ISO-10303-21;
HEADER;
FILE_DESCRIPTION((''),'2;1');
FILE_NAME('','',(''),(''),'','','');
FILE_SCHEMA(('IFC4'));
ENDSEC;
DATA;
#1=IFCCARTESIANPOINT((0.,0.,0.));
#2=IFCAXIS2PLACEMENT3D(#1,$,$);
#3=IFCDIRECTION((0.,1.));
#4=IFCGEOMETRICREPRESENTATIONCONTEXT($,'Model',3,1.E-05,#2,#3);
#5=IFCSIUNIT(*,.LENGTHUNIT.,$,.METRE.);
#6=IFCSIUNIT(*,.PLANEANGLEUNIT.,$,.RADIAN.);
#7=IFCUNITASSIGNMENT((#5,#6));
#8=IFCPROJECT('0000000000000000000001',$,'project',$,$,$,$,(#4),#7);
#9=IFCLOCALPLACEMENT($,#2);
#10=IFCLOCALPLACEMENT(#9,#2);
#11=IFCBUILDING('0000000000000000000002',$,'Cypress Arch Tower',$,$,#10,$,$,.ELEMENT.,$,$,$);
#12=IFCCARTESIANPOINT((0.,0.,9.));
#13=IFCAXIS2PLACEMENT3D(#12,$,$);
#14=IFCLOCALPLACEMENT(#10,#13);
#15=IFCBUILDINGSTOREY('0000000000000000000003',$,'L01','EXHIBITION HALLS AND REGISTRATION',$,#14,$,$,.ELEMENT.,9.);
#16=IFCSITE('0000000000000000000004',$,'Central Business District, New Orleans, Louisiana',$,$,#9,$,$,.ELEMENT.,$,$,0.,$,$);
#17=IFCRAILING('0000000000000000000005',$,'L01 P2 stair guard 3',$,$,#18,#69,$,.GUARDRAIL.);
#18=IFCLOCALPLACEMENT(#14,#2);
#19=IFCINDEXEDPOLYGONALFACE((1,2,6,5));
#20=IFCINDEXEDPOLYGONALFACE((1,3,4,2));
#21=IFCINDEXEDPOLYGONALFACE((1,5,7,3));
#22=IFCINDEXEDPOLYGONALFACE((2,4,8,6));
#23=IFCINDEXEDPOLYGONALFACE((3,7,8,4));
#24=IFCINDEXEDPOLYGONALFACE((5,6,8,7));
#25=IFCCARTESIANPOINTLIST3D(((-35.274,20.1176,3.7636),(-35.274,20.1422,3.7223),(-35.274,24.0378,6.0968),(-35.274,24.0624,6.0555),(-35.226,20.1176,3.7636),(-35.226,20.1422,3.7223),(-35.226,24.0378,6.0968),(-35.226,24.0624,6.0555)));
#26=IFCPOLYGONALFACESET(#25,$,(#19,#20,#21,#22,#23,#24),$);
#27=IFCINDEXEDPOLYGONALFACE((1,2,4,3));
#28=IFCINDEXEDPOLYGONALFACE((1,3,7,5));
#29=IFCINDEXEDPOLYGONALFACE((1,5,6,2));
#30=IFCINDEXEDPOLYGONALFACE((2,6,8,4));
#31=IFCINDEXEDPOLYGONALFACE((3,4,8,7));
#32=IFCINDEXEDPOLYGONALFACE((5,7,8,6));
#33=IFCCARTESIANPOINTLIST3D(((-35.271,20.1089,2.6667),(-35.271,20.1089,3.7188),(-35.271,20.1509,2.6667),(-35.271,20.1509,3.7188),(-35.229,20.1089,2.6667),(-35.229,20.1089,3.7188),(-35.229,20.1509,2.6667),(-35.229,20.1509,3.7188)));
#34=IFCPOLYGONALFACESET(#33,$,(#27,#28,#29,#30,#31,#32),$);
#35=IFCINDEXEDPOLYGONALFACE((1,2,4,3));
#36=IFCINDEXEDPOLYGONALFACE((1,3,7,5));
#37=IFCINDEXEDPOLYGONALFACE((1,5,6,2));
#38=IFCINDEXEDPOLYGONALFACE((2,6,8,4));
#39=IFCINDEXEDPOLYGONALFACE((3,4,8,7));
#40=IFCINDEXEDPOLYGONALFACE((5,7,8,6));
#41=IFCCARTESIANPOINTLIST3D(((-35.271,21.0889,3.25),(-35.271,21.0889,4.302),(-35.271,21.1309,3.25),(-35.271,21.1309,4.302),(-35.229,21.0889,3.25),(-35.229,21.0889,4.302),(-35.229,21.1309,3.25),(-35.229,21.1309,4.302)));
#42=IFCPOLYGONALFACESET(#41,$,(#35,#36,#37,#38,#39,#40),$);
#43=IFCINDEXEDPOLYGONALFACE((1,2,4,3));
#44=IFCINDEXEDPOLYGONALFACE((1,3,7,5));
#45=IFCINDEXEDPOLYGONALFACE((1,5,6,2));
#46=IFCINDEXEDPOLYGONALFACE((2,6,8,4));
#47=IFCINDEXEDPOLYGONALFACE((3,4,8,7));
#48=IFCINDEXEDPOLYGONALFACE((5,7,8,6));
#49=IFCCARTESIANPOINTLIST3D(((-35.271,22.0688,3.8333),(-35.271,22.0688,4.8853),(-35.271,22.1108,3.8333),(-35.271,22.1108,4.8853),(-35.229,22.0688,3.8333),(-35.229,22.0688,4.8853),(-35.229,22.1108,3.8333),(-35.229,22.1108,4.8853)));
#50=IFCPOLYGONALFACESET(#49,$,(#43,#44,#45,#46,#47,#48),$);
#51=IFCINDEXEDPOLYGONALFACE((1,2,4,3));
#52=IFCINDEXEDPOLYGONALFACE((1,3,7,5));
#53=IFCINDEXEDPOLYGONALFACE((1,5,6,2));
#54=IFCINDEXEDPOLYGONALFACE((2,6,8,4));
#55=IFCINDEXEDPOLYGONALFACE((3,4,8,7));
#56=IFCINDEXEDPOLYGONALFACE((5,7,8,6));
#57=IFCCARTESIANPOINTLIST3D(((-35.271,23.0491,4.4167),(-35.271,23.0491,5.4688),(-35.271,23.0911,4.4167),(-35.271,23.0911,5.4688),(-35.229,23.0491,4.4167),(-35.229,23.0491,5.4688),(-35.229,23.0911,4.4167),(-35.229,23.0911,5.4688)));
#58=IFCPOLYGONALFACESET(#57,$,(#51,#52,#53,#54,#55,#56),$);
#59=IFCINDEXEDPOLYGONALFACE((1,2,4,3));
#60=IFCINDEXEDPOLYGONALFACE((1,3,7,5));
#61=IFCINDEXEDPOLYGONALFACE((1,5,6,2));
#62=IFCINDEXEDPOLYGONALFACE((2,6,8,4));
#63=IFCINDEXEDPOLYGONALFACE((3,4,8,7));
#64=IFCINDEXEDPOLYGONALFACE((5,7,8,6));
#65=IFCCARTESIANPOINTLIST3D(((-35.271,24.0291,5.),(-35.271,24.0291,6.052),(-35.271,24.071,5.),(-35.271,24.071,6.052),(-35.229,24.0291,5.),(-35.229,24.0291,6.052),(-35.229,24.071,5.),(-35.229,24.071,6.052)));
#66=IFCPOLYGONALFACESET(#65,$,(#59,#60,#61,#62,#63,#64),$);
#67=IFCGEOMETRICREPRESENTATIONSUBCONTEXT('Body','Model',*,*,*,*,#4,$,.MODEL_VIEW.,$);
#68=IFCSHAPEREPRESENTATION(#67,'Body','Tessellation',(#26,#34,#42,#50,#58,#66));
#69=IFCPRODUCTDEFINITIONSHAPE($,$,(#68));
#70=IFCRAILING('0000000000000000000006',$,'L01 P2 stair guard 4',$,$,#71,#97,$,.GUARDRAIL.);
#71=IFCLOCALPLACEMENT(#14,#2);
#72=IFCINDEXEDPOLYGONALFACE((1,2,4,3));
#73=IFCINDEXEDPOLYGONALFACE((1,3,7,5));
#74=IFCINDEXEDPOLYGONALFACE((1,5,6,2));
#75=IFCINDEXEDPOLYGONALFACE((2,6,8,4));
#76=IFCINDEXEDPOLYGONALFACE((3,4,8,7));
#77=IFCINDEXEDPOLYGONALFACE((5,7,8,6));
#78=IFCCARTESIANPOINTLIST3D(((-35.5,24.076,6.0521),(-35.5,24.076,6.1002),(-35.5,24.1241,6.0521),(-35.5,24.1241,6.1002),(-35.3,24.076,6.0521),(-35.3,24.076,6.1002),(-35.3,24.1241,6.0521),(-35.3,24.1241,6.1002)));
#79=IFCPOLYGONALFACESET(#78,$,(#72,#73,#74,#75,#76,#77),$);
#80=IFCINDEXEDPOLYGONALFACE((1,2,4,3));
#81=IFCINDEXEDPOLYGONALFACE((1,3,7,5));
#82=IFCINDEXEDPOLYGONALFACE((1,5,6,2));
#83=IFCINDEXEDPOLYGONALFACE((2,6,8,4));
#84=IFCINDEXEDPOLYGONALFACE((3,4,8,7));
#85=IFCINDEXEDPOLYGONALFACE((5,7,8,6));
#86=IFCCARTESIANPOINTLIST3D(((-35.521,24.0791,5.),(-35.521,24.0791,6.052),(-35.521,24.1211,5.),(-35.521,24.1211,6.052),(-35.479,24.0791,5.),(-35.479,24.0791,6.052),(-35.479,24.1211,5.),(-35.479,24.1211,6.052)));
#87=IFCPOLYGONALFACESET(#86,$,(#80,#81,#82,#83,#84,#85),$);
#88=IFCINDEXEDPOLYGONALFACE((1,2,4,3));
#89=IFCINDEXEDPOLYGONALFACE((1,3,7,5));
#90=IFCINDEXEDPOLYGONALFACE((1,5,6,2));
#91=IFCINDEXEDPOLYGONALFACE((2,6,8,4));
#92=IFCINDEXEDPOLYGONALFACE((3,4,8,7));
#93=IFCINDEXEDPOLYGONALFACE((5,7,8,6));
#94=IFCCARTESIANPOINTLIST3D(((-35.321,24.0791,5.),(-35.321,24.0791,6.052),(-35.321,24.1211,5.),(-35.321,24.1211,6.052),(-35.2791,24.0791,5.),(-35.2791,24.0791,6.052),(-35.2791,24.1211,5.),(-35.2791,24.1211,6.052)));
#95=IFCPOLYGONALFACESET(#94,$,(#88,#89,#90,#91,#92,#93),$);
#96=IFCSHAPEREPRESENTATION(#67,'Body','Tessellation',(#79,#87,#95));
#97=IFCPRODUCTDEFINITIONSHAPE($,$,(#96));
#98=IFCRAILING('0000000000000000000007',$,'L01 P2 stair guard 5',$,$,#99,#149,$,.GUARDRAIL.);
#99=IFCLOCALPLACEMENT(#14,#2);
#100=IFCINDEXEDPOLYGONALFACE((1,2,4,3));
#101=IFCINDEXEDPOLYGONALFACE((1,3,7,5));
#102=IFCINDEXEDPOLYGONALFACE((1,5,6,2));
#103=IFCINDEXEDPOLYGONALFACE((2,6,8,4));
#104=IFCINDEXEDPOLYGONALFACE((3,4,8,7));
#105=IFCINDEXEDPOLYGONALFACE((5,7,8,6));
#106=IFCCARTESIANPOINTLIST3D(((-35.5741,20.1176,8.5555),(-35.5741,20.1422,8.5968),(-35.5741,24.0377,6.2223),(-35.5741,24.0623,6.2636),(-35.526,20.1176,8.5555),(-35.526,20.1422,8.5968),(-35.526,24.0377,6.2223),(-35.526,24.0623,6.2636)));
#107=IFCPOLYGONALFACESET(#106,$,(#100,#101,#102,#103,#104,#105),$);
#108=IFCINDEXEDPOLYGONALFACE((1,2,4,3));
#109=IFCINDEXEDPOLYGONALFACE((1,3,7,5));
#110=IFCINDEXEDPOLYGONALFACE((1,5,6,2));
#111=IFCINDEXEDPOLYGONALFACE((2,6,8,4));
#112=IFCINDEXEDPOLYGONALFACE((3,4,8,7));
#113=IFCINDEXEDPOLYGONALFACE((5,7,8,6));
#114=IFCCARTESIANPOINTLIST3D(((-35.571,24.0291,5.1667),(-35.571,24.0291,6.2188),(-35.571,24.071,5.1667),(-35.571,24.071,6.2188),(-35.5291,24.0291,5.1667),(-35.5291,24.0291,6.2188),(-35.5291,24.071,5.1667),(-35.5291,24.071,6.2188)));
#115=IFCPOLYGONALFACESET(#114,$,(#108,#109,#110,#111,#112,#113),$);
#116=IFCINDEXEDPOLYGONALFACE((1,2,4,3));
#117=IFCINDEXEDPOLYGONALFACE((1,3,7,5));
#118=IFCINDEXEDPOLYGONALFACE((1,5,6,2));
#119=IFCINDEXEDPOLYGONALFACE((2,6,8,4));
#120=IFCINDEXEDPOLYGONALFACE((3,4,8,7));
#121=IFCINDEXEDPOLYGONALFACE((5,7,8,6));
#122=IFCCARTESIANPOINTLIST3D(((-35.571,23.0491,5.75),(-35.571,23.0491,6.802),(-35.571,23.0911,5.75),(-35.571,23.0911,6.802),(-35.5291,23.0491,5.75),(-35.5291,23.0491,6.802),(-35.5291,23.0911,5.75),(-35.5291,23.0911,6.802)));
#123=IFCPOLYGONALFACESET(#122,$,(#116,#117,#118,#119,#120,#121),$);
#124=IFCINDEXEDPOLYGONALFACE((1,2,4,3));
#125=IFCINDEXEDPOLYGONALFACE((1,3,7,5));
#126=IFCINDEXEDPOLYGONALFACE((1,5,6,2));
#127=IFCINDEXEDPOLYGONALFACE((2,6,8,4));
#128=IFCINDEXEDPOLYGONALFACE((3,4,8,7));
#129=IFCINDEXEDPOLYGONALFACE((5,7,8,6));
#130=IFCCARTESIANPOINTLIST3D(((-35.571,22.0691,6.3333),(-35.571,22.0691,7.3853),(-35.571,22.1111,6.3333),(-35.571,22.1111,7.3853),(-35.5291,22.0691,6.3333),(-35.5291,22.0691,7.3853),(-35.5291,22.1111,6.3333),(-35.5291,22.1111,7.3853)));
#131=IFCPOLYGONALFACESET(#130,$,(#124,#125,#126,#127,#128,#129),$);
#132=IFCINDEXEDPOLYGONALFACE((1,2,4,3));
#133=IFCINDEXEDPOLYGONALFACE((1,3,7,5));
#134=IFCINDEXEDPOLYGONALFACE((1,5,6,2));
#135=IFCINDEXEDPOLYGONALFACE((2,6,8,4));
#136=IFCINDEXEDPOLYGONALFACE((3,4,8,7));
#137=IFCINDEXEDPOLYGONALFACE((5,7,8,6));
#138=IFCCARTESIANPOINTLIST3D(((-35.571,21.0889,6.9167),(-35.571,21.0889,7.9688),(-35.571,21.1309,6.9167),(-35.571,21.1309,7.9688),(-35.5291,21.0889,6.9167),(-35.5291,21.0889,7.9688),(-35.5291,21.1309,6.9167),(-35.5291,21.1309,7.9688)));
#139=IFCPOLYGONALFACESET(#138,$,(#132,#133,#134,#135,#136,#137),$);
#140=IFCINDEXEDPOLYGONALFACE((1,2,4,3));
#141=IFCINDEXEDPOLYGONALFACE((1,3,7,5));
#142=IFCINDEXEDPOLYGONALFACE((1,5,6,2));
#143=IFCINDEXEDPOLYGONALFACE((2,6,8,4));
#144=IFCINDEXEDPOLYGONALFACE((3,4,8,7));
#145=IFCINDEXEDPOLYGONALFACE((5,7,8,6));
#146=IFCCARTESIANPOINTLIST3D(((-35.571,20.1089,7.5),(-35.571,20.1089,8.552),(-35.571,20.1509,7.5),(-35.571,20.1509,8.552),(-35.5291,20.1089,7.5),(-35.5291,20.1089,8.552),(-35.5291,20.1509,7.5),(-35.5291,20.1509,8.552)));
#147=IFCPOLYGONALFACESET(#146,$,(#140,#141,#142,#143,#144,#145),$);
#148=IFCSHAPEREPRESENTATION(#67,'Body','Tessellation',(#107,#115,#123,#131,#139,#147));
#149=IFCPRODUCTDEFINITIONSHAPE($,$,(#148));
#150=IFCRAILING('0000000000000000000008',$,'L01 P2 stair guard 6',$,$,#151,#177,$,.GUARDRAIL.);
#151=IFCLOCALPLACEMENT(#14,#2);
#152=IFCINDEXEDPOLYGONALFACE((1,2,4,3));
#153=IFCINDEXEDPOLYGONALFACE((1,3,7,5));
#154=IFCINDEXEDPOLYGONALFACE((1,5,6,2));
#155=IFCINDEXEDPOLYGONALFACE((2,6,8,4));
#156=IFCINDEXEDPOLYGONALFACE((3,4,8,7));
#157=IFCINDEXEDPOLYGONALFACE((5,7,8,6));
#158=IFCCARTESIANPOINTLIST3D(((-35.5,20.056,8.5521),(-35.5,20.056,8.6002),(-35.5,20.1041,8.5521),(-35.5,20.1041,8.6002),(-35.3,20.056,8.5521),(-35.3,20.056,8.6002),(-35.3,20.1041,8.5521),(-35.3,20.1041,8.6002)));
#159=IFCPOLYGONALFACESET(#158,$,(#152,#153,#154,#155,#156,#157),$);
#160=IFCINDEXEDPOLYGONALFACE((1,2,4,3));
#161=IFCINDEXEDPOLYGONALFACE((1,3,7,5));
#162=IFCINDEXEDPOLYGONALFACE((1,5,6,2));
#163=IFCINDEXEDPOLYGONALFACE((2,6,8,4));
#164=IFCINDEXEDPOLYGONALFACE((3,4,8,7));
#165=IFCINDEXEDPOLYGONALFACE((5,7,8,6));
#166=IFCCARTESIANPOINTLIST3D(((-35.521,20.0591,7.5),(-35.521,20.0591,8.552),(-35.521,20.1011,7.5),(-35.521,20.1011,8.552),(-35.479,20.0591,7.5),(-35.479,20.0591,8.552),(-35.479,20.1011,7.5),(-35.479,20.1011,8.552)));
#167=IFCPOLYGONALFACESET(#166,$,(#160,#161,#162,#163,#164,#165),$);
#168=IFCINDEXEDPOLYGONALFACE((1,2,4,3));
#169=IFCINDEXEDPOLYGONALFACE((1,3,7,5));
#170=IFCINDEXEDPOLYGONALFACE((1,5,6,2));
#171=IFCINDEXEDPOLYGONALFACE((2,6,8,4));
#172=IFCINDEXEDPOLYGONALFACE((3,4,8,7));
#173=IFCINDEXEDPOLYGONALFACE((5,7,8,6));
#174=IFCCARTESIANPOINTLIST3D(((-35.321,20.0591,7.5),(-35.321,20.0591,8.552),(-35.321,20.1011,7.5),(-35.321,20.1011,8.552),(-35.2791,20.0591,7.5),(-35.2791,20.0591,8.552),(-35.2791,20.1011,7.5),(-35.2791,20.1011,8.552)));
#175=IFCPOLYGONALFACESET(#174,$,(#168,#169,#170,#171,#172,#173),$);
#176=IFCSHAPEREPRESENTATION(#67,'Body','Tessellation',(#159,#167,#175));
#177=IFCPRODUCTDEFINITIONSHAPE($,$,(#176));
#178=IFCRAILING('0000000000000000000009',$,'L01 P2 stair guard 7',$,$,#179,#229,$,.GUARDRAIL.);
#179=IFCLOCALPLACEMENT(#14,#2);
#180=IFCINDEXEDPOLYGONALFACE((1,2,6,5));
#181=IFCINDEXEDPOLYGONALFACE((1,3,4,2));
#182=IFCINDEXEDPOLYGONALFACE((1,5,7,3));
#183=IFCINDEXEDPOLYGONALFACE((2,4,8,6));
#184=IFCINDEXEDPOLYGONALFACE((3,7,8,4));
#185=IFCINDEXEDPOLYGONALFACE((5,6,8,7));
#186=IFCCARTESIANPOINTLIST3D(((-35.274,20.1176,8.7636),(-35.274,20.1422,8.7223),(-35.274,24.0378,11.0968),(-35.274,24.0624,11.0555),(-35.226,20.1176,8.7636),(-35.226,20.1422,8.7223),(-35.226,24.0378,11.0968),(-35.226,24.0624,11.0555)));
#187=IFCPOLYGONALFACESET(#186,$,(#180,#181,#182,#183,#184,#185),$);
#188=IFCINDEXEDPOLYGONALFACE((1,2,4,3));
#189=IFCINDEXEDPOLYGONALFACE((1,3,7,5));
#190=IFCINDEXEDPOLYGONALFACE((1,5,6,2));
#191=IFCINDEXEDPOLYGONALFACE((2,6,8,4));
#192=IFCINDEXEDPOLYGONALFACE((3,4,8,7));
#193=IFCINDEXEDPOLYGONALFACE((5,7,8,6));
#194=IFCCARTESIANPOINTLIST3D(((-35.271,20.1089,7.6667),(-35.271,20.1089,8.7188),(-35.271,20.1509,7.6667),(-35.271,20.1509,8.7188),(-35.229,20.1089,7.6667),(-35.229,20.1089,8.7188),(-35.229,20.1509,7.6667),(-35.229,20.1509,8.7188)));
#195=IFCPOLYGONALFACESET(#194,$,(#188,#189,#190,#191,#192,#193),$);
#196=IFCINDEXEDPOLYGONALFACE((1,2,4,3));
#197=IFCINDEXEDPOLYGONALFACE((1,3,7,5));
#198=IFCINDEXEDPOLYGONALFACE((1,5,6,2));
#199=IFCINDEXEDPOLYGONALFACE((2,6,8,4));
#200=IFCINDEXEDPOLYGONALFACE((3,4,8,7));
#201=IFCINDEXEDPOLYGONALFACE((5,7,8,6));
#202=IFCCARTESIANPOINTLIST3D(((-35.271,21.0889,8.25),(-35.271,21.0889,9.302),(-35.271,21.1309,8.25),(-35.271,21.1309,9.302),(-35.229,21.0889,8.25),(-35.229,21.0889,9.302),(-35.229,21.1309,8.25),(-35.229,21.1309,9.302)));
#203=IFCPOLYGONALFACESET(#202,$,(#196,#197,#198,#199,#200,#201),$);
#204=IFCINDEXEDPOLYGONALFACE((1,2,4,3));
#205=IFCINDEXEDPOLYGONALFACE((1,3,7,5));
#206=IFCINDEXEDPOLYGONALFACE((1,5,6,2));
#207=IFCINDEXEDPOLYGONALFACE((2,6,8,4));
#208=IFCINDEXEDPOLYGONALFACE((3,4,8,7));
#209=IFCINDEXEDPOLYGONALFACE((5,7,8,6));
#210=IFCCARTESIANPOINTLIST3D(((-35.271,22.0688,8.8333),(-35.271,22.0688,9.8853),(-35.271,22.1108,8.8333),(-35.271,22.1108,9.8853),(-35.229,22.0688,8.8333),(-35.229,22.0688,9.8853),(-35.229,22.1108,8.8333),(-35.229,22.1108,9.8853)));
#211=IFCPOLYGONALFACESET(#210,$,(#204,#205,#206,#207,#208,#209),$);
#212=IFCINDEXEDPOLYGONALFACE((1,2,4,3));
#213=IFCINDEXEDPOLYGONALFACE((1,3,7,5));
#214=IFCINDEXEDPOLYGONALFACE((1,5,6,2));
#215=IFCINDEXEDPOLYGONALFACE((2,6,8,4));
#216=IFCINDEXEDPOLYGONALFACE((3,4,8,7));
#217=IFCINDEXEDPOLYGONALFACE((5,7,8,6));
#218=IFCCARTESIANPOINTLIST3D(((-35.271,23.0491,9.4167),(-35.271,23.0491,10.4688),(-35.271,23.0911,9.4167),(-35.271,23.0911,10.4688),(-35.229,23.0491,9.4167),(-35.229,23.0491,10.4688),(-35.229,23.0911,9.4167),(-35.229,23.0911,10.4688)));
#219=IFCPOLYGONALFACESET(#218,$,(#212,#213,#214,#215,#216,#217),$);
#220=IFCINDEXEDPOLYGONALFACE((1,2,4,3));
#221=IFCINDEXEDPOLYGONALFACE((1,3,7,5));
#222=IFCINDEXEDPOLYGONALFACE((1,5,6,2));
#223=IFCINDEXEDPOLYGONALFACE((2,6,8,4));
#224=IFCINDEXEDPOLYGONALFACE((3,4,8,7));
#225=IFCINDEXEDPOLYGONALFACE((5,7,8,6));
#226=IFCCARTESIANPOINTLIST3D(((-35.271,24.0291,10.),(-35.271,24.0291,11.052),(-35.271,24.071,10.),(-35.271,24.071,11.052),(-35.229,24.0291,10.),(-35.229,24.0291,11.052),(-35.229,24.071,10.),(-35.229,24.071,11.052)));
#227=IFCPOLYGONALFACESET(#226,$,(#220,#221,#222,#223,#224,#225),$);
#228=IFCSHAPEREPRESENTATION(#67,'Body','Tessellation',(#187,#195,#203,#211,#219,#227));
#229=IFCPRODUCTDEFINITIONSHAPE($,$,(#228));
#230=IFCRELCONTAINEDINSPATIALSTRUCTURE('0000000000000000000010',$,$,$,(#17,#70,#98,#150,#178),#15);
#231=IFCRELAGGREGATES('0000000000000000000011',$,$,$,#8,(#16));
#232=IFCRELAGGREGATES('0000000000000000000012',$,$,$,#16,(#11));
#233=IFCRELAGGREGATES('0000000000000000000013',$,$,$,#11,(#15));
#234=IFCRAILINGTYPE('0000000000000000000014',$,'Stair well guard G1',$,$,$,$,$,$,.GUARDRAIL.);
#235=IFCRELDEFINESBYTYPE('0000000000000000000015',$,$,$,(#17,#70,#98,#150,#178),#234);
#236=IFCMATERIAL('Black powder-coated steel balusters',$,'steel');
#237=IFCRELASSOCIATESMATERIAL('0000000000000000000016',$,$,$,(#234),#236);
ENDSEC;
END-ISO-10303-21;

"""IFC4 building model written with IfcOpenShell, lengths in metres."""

from ifc_helpers import new_model, si_unit, direction, frame, origin, origin_2d, place, context, subcontext, project, spatial, rectangle, extrude, material, type_object, element, save


model = new_model("IFC4")

# Units and contexts
model_context = context("Model", 3, precision=1e-05, world=origin(), true_north=direction((0.0, 1.0)))
body_context = subcontext(model_context, "Body", "Model", "MODEL_VIEW")
ifc_project = project(units=[si_unit("LENGTHUNIT", "METRE"), si_unit("PLANEANGLEUNIT", "RADIAN")], contexts=[model_context])

# Site, building, storey
site_placement = place(None, origin())
site = spatial("IfcSite", under=ifc_project, at=site_placement, Name="Central Business District, New Orleans, Louisiana", CompositionType="ELEMENT", RefElevation=0.0)
building_placement = place(site_placement, origin())
building = spatial("IfcBuilding", under=site, at=building_placement, Name="Cypress Arch Tower", CompositionType="ELEMENT")
storey_placement = place(building_placement, frame((0.0, 0.0, 9.0)))
storey = spatial("IfcBuildingStorey", under=building, at=storey_placement, Name="L01", Description="EXHIBITION HALLS AND REGISTRATION", CompositionType="ELEMENT", Elevation=9.0)

# Railings
ifc_material_1 = material(Name="Black powder-coated steel balusters", Category="steel")
railing_type_1 = type_object("IfcRailingType", Name="Stair well guard G1", PredefinedType="GUARDRAIL", material=ifc_material_1)
railing_1_placement = place(storey_placement, frame((-35.25, 20.1299, 2.6667)))
element("IfcRailing", 1, at=railing_1_placement, inside=storey, type_object=railing_type_1, Name="L01 P2 stair guard 3", PredefinedType="GUARDRAIL", context=body_context, shape_type="SweptSolid", body=[
    extrude(rectangle(XDim=0.0481, YDim=0.0481, at=origin_2d()), frame((0.0, 0.0, 1.0762), z_axis=(0.0, 0.85931, 0.511455), x_axis=(-1.0, 0.0, 0.0)), (0.0, 0.0, 1.0), 4.562),
    extrude(rectangle(XDim=0.042, YDim=0.042, at=origin_2d()), origin(), (0.0, 0.0, 1.0), 1.052),
    extrude(rectangle(XDim=0.042, YDim=0.042, at=origin_2d()), frame((0.0, 0.98, 0.5833)), (0.0, 0.0, 1.0), 1.052),
    extrude(rectangle(XDim=0.042, YDim=0.042, at=origin_2d()), frame((0.0, 1.96, 1.1665)), (0.0, 0.0, 1.0), 1.052),
    extrude(rectangle(XDim=0.042, YDim=0.042, at=origin_2d()), frame((0.0, 2.9402, 1.75)), (0.0, 0.0, 1.0), 1.052),
    extrude(rectangle(XDim=0.042, YDim=0.042, at=origin_2d()), frame((0.0, 3.9202, 2.3333)), (0.0, 0.0, 1.0), 1.052),
])
railing_2_placement = place(storey_placement, frame((-35.5, 24.1001, 5.0)))
element("IfcRailing", 2, at=railing_2_placement, inside=storey, type_object=railing_type_1, Name="L01 P2 stair guard 4", PredefinedType="GUARDRAIL", context=body_context, shape_type="SweptSolid", body=[
    extrude(rectangle(XDim=0.0481, YDim=0.0481, at=origin_2d()), frame((0.0, 0.0, 1.0762), z_axis=(1.0, 0.0, 0.0), x_axis=(0.0, 1.0, 0.0)), (0.0, 0.0, 1.0), 0.2),
    extrude(rectangle(XDim=0.042, YDim=0.042, at=origin_2d()), origin(), (0.0, 0.0, 1.0), 1.052),
    extrude(rectangle(XDim=0.042, YDim=0.042, at=origin_2d()), frame((0.2, 0.0, 0.0)), (0.0, 0.0, 1.0), 1.052),
])
railing_3_placement = place(storey_placement, frame((-35.55, 24.05, 5.1667)))
element("IfcRailing", 3, at=railing_3_placement, inside=storey, type_object=railing_type_1, Name="L01 P2 stair guard 5", PredefinedType="GUARDRAIL", context=body_context, shape_type="SweptSolid", body=[
    extrude(rectangle(XDim=0.0481, YDim=0.0481, at=origin_2d()), frame((0.0, 0.0, 1.0762), z_axis=(0.0, -0.85931, 0.511455), x_axis=(1.0, 0.0, 0.0)), (0.0, 0.0, 1.0), 4.562),
    extrude(rectangle(XDim=0.042, YDim=0.042, at=origin_2d()), origin(), (0.0, 0.0, 1.0), 1.052),
    extrude(rectangle(XDim=0.042, YDim=0.042, at=origin_2d()), frame((0.0, -0.98, 0.5833)), (0.0, 0.0, 1.0), 1.052),
    extrude(rectangle(XDim=0.042, YDim=0.042, at=origin_2d()), frame((0.0, -1.96, 1.1665)), (0.0, 0.0, 1.0), 1.052),
    extrude(rectangle(XDim=0.042, YDim=0.042, at=origin_2d()), frame((0.0, -2.9402, 1.75)), (0.0, 0.0, 1.0), 1.052),
    extrude(rectangle(XDim=0.042, YDim=0.042, at=origin_2d()), frame((0.0, -3.9202, 2.3333)), (0.0, 0.0, 1.0), 1.052),
])
railing_4_placement = place(storey_placement, frame((-35.5, 20.0801, 7.5)))
element("IfcRailing", 4, at=railing_4_placement, inside=storey, type_object=railing_type_1, Name="L01 P2 stair guard 6", PredefinedType="GUARDRAIL", context=body_context, shape_type="SweptSolid", body=[
    extrude(rectangle(XDim=0.0481, YDim=0.0481, at=origin_2d()), frame((0.0, 0.0, 1.0762), z_axis=(1.0, 0.0, 0.0), x_axis=(0.0, 1.0, 0.0)), (0.0, 0.0, 1.0), 0.2),
    extrude(rectangle(XDim=0.042, YDim=0.042, at=origin_2d()), origin(), (0.0, 0.0, 1.0), 1.052),
    extrude(rectangle(XDim=0.042, YDim=0.042, at=origin_2d()), frame((0.2, 0.0, 0.0)), (0.0, 0.0, 1.0), 1.052),
])
railing_5_placement = place(storey_placement, frame((-35.25, 20.1299, 7.6667)))
element("IfcRailing", 5, at=railing_5_placement, inside=storey, type_object=railing_type_1, Name="L01 P2 stair guard 7", PredefinedType="GUARDRAIL", context=body_context, shape_type="SweptSolid", body=[
    extrude(rectangle(XDim=0.0481, YDim=0.0481, at=origin_2d()), frame((0.0, 0.0, 1.0762), z_axis=(0.0, 0.85931, 0.511455), x_axis=(-1.0, 0.0, 0.0)), (0.0, 0.0, 1.0), 4.562),
    extrude(rectangle(XDim=0.042, YDim=0.042, at=origin_2d()), origin(), (0.0, 0.0, 1.0), 1.052),
    extrude(rectangle(XDim=0.042, YDim=0.042, at=origin_2d()), frame((0.0, 0.98, 0.5833)), (0.0, 0.0, 1.0), 1.052),
    extrude(rectangle(XDim=0.042, YDim=0.042, at=origin_2d()), frame((0.0, 1.96, 1.1665)), (0.0, 0.0, 1.0), 1.052),
    extrude(rectangle(XDim=0.042, YDim=0.042, at=origin_2d()), frame((0.0, 2.9402, 1.75)), (0.0, 0.0, 1.0), 1.052),
    extrude(rectangle(XDim=0.042, YDim=0.042, at=origin_2d()), frame((0.0, 3.9202, 2.3333)), (0.0, 0.0, 1.0), 1.052),
])

save(model, "model.ifc")
